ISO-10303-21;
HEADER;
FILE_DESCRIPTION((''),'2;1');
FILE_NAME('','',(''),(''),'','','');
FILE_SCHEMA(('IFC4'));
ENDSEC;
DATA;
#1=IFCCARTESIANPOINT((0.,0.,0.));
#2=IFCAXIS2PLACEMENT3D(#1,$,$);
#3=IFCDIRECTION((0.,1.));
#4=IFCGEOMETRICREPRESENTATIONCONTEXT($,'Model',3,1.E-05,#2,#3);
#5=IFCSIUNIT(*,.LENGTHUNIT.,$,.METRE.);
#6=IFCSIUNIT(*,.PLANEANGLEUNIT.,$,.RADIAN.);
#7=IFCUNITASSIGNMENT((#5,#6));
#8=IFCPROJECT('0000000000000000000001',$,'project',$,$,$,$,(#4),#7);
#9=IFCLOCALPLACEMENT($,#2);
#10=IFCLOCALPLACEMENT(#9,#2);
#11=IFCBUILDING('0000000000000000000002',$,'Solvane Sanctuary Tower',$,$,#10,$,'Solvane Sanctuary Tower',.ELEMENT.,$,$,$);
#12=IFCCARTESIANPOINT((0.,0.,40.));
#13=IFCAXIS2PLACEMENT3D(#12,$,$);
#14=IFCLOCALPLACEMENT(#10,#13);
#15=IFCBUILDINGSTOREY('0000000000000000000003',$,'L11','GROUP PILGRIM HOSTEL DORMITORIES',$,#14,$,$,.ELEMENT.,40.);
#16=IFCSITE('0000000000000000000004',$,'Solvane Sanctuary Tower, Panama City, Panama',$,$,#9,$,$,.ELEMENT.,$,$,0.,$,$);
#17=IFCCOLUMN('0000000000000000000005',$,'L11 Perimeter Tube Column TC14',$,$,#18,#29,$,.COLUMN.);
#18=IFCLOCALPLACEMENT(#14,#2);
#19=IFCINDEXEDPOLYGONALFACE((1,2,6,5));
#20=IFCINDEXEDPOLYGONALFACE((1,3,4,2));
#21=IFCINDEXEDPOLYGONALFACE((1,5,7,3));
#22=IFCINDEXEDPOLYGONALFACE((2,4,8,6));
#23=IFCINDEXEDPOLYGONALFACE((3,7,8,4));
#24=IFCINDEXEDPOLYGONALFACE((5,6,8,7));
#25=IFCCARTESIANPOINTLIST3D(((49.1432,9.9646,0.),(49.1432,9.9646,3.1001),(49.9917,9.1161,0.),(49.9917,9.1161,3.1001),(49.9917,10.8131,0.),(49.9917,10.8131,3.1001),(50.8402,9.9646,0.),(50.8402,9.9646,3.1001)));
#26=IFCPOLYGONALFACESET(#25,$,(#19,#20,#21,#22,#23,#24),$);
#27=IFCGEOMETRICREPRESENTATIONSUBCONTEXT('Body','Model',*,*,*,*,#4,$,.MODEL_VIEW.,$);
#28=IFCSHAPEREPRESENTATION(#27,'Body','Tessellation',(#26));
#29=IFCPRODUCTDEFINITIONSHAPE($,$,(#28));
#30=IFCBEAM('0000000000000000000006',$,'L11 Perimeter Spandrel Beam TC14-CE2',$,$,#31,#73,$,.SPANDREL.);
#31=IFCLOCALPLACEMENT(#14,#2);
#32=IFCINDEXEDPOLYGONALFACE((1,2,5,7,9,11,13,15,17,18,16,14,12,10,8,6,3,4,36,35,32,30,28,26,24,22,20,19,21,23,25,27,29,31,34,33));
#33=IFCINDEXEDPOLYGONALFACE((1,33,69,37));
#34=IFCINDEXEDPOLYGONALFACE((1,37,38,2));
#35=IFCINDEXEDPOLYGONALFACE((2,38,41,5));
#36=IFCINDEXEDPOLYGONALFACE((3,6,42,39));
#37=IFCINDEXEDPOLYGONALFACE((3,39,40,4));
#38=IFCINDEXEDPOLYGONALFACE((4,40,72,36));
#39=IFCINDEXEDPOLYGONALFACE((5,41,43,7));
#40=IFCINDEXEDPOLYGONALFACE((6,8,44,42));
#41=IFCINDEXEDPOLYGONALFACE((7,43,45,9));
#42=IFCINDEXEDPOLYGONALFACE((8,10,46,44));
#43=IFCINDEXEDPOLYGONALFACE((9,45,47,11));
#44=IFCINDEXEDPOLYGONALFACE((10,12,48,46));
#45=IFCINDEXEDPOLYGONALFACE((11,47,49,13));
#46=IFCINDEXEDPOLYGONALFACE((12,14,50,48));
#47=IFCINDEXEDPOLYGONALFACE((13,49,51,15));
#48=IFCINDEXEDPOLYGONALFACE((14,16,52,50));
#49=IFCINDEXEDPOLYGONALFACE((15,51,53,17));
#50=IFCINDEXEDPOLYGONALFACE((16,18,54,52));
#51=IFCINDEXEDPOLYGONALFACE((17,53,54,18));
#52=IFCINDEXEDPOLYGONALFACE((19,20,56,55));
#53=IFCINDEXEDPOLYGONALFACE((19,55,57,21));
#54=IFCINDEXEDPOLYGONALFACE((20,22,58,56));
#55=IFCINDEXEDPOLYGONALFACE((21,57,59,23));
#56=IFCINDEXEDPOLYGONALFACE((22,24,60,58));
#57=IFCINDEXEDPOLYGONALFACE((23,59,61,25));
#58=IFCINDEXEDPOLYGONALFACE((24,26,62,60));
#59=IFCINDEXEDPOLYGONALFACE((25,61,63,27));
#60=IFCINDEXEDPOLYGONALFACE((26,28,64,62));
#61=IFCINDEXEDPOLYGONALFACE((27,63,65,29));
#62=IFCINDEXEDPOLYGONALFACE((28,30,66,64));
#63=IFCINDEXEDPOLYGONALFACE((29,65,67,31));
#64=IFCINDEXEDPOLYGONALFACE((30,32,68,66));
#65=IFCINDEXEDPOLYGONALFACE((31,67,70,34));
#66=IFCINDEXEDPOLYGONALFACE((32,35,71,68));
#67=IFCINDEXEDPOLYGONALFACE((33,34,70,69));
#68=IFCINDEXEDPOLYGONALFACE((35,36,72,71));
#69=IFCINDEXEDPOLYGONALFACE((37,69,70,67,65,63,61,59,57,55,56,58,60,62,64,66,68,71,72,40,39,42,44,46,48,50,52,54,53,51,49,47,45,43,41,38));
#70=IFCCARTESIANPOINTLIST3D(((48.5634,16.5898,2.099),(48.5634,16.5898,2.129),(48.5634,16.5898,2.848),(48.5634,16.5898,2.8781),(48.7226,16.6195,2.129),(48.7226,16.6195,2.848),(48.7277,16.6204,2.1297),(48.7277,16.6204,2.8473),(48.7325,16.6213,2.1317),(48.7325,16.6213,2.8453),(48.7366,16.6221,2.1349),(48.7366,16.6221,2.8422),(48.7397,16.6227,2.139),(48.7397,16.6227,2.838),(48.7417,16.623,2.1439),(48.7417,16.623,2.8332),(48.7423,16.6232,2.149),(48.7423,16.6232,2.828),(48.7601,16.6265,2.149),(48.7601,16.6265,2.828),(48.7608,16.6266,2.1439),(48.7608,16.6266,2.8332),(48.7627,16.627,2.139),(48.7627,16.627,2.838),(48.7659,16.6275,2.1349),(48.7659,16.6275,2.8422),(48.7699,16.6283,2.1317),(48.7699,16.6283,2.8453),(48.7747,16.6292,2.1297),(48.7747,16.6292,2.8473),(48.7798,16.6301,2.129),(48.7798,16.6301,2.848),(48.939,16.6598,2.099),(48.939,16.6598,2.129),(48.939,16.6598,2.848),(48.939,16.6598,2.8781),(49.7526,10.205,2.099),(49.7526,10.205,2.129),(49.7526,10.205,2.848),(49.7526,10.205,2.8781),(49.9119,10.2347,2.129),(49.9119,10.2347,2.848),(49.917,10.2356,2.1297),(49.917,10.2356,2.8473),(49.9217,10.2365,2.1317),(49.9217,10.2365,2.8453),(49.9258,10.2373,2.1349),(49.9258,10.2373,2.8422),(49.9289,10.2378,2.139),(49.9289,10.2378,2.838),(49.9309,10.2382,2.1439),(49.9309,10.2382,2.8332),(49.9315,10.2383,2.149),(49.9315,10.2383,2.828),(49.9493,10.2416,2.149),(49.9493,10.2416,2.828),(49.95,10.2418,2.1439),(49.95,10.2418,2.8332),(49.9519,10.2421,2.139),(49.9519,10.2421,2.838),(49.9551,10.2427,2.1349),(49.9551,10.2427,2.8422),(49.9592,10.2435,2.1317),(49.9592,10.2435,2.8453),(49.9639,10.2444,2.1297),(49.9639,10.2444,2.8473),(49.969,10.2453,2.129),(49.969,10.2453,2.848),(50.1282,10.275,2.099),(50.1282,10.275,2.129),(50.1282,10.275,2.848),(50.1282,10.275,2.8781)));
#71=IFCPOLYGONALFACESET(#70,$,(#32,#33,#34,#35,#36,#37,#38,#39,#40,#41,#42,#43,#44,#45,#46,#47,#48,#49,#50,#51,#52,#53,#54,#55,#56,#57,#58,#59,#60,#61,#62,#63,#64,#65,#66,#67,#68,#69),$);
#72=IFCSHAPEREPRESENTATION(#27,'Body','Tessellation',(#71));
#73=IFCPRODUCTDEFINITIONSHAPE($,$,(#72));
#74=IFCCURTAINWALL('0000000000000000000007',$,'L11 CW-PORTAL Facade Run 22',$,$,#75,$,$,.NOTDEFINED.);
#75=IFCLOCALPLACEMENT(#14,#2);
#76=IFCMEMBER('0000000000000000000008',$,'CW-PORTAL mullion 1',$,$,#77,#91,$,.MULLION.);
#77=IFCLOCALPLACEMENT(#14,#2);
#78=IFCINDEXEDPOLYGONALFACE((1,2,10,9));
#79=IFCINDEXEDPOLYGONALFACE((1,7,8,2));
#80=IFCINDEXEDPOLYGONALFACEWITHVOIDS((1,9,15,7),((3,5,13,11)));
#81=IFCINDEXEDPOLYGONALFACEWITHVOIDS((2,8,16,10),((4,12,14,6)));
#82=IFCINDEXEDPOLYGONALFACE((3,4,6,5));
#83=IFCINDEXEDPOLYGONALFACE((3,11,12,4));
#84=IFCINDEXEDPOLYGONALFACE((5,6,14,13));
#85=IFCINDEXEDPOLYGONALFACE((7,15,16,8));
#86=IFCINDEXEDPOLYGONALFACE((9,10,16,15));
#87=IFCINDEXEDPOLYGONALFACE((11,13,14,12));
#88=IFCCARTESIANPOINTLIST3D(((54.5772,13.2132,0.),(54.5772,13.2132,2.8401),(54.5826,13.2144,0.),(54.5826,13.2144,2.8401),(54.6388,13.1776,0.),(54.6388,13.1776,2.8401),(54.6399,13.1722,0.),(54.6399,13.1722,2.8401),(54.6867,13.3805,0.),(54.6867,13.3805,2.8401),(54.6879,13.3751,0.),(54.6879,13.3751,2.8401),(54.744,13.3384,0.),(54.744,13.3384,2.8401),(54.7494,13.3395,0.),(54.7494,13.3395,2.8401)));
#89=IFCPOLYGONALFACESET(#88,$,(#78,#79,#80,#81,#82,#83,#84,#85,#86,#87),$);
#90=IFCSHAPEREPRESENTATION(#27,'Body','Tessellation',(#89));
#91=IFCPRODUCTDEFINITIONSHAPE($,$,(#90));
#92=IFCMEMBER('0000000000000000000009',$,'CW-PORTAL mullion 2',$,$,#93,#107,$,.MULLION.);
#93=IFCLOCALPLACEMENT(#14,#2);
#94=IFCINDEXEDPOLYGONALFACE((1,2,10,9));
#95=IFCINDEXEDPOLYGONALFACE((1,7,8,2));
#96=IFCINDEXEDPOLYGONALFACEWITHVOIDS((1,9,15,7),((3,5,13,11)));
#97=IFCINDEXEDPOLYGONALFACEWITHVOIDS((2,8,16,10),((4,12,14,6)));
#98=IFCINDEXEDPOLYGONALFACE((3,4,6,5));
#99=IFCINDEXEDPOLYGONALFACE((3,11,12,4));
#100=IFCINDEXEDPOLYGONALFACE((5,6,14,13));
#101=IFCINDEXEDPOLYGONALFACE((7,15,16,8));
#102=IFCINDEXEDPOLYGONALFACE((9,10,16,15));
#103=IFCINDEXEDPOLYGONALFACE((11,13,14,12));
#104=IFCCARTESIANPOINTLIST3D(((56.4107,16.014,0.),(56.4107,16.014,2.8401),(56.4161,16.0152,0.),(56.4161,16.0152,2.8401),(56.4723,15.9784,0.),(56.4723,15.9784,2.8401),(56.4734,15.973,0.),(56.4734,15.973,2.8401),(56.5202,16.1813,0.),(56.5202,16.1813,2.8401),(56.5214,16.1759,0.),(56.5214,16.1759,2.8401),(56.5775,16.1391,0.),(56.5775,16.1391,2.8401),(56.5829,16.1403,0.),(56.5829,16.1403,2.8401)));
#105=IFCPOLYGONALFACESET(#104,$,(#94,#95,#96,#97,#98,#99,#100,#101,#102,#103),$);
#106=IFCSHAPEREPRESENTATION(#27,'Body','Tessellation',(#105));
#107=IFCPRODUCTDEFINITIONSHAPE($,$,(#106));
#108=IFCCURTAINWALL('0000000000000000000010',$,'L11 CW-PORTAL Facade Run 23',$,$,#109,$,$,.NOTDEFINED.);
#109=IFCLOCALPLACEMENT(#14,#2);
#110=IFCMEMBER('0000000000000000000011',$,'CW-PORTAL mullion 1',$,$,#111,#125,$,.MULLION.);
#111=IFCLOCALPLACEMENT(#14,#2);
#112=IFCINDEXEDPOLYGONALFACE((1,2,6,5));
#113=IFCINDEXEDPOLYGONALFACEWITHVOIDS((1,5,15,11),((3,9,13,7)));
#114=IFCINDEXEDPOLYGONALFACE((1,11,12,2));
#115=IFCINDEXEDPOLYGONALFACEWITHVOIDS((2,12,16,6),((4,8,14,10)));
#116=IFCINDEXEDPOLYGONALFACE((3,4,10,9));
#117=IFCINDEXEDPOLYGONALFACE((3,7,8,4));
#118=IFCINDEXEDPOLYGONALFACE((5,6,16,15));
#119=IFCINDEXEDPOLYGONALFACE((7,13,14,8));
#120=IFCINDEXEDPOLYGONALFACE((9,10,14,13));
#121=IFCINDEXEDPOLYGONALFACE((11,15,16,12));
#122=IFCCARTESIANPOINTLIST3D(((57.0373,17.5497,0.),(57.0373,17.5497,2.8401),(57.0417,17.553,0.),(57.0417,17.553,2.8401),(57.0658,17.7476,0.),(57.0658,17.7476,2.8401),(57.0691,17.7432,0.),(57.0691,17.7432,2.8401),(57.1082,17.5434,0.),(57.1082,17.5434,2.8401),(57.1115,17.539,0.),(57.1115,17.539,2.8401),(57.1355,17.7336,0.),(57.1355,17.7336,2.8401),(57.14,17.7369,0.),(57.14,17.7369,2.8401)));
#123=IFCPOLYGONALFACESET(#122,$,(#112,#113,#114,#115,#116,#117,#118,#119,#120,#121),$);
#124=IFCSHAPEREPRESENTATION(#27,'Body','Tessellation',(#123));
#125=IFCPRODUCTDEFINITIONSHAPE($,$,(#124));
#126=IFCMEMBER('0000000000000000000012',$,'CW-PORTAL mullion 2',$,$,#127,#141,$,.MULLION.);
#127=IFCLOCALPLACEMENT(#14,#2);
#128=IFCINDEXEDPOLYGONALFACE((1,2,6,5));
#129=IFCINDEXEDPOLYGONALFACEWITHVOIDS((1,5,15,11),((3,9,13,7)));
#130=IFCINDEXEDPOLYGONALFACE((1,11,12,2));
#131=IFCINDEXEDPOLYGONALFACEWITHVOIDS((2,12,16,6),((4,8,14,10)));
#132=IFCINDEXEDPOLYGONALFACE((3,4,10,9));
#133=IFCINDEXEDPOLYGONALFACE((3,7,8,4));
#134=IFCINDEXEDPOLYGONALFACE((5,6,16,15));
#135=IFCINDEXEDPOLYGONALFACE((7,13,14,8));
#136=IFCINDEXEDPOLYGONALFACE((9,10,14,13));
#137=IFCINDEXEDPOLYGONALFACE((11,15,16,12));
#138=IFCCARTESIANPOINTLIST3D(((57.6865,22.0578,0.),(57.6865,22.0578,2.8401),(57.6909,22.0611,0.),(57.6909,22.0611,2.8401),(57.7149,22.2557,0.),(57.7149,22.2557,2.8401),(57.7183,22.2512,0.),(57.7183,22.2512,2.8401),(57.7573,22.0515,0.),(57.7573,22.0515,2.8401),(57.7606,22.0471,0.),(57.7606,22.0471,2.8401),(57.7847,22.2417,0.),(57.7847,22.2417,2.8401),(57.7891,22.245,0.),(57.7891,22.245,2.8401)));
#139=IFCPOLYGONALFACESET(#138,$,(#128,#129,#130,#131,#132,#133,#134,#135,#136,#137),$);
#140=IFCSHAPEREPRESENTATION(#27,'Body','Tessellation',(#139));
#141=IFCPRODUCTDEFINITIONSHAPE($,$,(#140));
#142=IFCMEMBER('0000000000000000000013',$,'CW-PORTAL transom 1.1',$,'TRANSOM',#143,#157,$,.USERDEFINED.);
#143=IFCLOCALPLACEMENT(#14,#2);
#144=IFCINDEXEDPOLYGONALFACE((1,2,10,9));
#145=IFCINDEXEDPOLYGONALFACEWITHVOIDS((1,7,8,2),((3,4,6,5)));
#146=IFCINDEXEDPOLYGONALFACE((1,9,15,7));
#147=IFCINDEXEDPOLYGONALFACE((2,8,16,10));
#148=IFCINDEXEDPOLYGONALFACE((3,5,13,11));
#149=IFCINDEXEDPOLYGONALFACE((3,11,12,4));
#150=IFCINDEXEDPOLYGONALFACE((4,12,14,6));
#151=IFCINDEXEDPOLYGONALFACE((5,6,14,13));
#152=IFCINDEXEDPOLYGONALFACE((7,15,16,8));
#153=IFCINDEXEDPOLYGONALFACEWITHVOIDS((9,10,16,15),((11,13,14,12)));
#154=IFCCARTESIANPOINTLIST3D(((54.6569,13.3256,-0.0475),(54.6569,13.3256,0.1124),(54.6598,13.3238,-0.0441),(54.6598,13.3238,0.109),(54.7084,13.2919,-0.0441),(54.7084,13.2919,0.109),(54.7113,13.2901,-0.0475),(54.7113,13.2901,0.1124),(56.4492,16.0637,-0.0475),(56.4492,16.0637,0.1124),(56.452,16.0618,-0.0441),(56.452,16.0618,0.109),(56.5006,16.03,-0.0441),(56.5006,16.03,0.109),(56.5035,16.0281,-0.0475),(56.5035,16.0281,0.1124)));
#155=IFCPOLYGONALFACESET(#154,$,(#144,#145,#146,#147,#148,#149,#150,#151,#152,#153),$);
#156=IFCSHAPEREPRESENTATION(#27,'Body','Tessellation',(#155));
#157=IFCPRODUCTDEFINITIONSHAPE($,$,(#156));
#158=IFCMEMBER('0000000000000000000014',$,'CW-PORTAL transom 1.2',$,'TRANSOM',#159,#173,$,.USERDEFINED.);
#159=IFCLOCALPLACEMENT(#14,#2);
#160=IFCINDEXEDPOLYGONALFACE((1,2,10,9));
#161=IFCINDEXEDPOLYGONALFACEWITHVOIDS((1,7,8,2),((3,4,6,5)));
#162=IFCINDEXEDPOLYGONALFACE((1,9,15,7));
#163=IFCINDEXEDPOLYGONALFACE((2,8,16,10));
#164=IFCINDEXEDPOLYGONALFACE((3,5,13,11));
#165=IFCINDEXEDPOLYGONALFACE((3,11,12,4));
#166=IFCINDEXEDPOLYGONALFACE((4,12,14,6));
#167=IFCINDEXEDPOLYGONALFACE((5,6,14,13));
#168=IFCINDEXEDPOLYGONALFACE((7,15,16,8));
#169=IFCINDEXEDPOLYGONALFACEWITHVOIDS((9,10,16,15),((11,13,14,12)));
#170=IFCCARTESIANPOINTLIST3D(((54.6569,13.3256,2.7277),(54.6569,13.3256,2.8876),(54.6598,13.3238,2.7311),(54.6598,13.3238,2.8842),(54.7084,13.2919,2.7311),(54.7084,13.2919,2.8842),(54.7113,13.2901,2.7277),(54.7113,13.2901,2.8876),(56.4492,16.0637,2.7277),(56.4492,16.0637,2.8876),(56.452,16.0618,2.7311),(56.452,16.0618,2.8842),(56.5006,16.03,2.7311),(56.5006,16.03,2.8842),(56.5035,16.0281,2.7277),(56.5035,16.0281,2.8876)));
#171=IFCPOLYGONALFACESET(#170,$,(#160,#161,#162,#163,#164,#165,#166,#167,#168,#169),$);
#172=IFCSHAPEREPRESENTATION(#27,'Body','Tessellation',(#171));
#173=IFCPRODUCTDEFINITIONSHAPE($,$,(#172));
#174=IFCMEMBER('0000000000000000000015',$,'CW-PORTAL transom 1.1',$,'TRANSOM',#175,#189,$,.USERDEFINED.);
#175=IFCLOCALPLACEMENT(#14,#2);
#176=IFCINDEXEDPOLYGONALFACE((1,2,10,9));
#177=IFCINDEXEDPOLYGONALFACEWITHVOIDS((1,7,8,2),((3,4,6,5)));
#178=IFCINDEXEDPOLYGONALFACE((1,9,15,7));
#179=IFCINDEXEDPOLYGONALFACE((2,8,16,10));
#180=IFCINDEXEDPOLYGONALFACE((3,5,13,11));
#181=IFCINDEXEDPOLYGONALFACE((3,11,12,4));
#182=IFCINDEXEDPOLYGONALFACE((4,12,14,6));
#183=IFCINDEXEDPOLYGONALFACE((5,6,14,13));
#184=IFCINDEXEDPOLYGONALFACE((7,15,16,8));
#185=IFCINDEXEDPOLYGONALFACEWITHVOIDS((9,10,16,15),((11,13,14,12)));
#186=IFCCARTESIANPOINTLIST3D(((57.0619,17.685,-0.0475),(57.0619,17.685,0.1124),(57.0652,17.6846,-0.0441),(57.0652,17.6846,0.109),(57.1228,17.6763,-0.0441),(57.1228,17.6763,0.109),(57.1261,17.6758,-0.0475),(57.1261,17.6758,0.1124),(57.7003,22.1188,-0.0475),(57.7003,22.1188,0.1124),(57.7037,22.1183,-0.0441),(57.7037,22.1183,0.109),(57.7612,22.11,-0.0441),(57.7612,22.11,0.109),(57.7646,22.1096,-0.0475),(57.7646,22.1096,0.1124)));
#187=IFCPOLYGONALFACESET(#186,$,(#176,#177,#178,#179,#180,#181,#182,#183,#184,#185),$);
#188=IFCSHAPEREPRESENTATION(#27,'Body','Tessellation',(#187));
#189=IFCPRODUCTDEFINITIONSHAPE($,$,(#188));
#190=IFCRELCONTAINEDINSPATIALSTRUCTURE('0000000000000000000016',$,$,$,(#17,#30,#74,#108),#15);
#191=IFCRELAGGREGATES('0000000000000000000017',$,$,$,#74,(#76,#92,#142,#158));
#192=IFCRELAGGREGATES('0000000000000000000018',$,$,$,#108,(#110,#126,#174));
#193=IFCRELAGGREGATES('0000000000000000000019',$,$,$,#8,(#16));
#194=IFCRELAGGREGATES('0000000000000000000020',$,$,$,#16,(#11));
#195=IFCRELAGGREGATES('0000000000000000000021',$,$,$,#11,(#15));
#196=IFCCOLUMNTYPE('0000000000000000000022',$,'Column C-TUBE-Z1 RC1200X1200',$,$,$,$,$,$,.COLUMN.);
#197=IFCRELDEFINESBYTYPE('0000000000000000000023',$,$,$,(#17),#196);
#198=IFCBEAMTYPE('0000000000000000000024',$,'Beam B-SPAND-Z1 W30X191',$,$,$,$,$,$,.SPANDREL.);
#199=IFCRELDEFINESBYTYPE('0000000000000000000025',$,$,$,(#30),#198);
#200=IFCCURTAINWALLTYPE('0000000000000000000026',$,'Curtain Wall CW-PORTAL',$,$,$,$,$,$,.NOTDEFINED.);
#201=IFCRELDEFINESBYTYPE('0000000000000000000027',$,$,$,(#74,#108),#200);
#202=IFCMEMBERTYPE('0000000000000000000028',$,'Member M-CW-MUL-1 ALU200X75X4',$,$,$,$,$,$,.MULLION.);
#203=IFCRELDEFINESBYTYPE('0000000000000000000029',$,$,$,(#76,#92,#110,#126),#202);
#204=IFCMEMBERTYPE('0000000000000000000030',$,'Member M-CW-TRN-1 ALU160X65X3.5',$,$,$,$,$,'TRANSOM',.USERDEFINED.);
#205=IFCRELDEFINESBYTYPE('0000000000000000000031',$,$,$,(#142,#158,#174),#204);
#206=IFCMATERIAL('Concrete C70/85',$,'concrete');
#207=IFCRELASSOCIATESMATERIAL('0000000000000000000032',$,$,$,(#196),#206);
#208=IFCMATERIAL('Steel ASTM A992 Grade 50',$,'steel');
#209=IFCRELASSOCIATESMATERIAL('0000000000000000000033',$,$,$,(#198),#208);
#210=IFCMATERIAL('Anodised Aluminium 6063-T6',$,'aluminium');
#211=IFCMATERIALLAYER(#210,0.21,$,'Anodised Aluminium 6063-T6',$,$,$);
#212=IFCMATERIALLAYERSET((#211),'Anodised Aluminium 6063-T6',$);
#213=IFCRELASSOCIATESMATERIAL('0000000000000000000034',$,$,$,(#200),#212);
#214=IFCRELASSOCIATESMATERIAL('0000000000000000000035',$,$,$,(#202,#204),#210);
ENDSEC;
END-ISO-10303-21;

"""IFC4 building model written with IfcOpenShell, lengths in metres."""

from ifc_helpers import new_model, si_unit, direction, frame, origin, origin_2d, place, context, subcontext, project, spatial, rectangle, hollow_rectangle, i_section, extrude, material, layer, layer_set, material_profile, profile_set, type_object, element, aggregate, save


model = new_model("IFC4")

# Units and contexts
model_context = context("Model", 3, precision=1e-05, world=origin(), true_north=direction((0.0, 1.0)))
body_context = subcontext(model_context, "Body", "Model", "MODEL_VIEW")
ifc_project = project(units=[si_unit("LENGTHUNIT", "METRE"), si_unit("PLANEANGLEUNIT", "RADIAN")], contexts=[model_context])

# Site, building, storey
site_placement = place(None, origin())
site = spatial("IfcSite", under=ifc_project, at=site_placement, Name="Solvane Sanctuary Tower, Panama City, Panama", CompositionType="ELEMENT", RefElevation=0.0)
building_placement = place(site_placement, origin())
building = spatial("IfcBuilding", under=site, at=building_placement, Name="Solvane Sanctuary Tower", LongName="Solvane Sanctuary Tower", CompositionType="ELEMENT")
storey_placement = place(building_placement, frame((0.0, 0.0, 40.0)))
storey = spatial("IfcBuildingStorey", under=building, at=storey_placement, Name="L11", Description="GROUP PILGRIM HOSTEL DORMITORIES", CompositionType="ELEMENT", Elevation=40.0)

# Column
ifc_material_1 = material(Name="Concrete C70/85", Category="concrete")
ifc_material_profile_1 = material_profile(ifc_material_1, rectangle(XDim=1.2, YDim=1.2, at=origin_2d()), Name="RC1200X1200")
ifc_profile_set_1 = profile_set([ifc_material_profile_1], Name="Concrete C70/85")
column_type = type_object("IfcColumnType", Name="Column C-TUBE-Z1 RC1200X1200", PredefinedType="COLUMN", material=ifc_profile_set_1)
column_placement = place(storey_placement, frame((49.9917, 9.9646, 0.0), z_axis=(0.0, 0.0, 1.0), x_axis=(0.707107, -0.707107, 0.0)))
element("IfcColumn", 1, at=column_placement, inside=storey, type_object=column_type, Name="L11 Perimeter Tube Column TC14", PredefinedType="COLUMN", context=body_context, shape_type="SweptSolid", body=[
    extrude(rectangle(XDim=1.2, YDim=1.2, at=origin_2d()), origin(), (0.0, 0.0, 1.0), 3.1001),
])

# Beam
ifc_material_2 = material(Name="Steel ASTM A992 Grade 50", Category="steel")
ifc_material_profile_2 = material_profile(ifc_material_2, i_section(OverallWidth=0.3821, OverallDepth=0.7791, WebThickness=0.0181, FlangeThickness=0.03, FilletRadius=0.02, at=origin_2d()), Name="W30X191")
ifc_profile_set_2 = profile_set([ifc_material_profile_2], Name="Steel ASTM A992 Grade 50")
beam_type = type_object("IfcBeamType", Name="Beam B-SPAND-Z1 W30X191", PredefinedType="SPANDREL", material=ifc_profile_set_2)
beam_placement = place(storey_placement, frame((49.9404, 10.24, 2.4885), z_axis=(-0.183108, 0.983093, 0.0), x_axis=(-0.983093, -0.183108, 0.0)))
element("IfcBeam", 2, at=beam_placement, inside=storey, type_object=beam_type, Name="L11 Perimeter Spandrel Beam TC14-CE2", PredefinedType="SPANDREL", context=body_context, shape_type="SweptSolid", body=[
    extrude(i_section(OverallWidth=0.3821, OverallDepth=0.7791, WebThickness=0.0181, FlangeThickness=0.03, FilletRadius=0.02, at=origin_2d()), origin(), (0.0, 0.0, 1.0), 6.4946),
])

# Curtain walls, members
ifc_material_3 = material(Name="Anodised Aluminium 6063-T6", Category="aluminium")
ifc_layer_1 = layer(ifc_material_3, 0.21, Name="Anodised Aluminium 6063-T6")
ifc_layer_set_1 = layer_set([ifc_layer_1], Name="Anodised Aluminium 6063-T6")
curtain_wall_type = type_object("IfcCurtainWallType", Name="Curtain Wall CW-PORTAL", PredefinedType="NOTDEFINED", material=ifc_layer_set_1)
curtain_wall_1_placement = place(storey_placement, origin())
curtain_wall_1 = element("IfcCurtainWall", 3, at=curtain_wall_1_placement, inside=storey, type_object=curtain_wall_type, Name="L11 CW-PORTAL Facade Run 22", PredefinedType="NOTDEFINED")
ifc_material_profile_3 = material_profile(ifc_material_3, hollow_rectangle(XDim=0.075, YDim=0.2, WallThickness=0.0039, at=origin_2d()), Name="ALU200X75X4")
ifc_profile_set_3 = profile_set([ifc_material_profile_3], Name="Anodised Aluminium 6063-T6")
member_type_1 = type_object("IfcMemberType", Name="Member M-CW-MUL-1 ALU200X75X4", PredefinedType="MULLION", material=ifc_profile_set_3)
member_1_placement = place(storey_placement, frame((54.6633, 13.2764, 0.0), z_axis=(0.0, 0.0, 1.0), x_axis=(-0.836674, 0.547702, 0.0)))
member_1 = element("IfcMember", 4, at=member_1_placement, type_object=member_type_1, Name="CW-PORTAL mullion 1", PredefinedType="MULLION", context=body_context, shape_type="SweptSolid", body=[
    extrude(hollow_rectangle(XDim=0.075, YDim=0.2, WallThickness=0.0039, at=origin_2d()), origin(), (0.0, 0.0, 1.0), 2.8401),
])
member_2_placement = place(storey_placement, frame((56.4968, 16.0771, 0.0), z_axis=(0.0, 0.0, 1.0), x_axis=(-0.836674, 0.547702, 0.0)))
member_2 = element("IfcMember", 5, at=member_2_placement, type_object=member_type_1, Name="CW-PORTAL mullion 2", PredefinedType="MULLION", context=body_context, shape_type="SweptSolid", body=[
    extrude(hollow_rectangle(XDim=0.075, YDim=0.2, WallThickness=0.0039, at=origin_2d()), origin(), (0.0, 0.0, 1.0), 2.8401),
])
curtain_wall_2_placement = place(storey_placement, origin())
curtain_wall_2 = element("IfcCurtainWall", 6, at=curtain_wall_2_placement, inside=storey, type_object=curtain_wall_type, Name="L11 CW-PORTAL Facade Run 23", PredefinedType="NOTDEFINED")
member_3_placement = place(storey_placement, frame((57.0886, 17.6433, 0.0), z_axis=(0.0, 0.0, 1.0), x_axis=(-0.989794, 0.142504, 0.0)))
member_3 = element("IfcMember", 7, at=member_3_placement, type_object=member_type_1, Name="CW-PORTAL mullion 1", PredefinedType="MULLION", context=body_context, shape_type="SweptSolid", body=[
    extrude(hollow_rectangle(XDim=0.075, YDim=0.2, WallThickness=0.0039, at=origin_2d()), origin(), (0.0, 0.0, 1.0), 2.8401),
])
member_4_placement = place(storey_placement, frame((57.7378, 22.1514, 0.0), z_axis=(0.0, 0.0, 1.0), x_axis=(-0.989794, 0.142504, 0.0)))
member_4 = element("IfcMember", 8, at=member_4_placement, type_object=member_type_1, Name="CW-PORTAL mullion 2", PredefinedType="MULLION", context=body_context, shape_type="SweptSolid", body=[
    extrude(hollow_rectangle(XDim=0.075, YDim=0.2, WallThickness=0.0039, at=origin_2d()), origin(), (0.0, 0.0, 1.0), 2.8401),
])

# Members
ifc_material_profile_4 = material_profile(ifc_material_3, hollow_rectangle(XDim=0.0649, YDim=0.1599, WallThickness=0.0034, at=origin_2d()), Name="ALU160X65X3.5")
ifc_profile_set_4 = profile_set([ifc_material_profile_4], Name="Anodised Aluminium 6063-T6")
member_type_2 = type_object("IfcMemberType", Name="Member M-CW-TRN-1 ALU160X65X3.5", ElementType="TRANSOM", PredefinedType="USERDEFINED", material=ifc_profile_set_4)
member_5_placement = place(storey_placement, frame((54.6841, 13.3079, 0.0325), z_axis=(0.547673, 0.836692, 0.0), x_axis=(-0.836692, 0.547673, 0.0)))
member_5 = element("IfcMember", 9, at=member_5_placement, type_object=member_type_2, Name="CW-PORTAL transom 1.1", ObjectType="TRANSOM", PredefinedType="USERDEFINED", context=body_context, shape_type="SweptSolid", body=[
    extrude(hollow_rectangle(XDim=0.0649, YDim=0.1599, WallThickness=0.0034, at=origin_2d()), origin(), (0.0, 0.0, 1.0), 3.2725),
])
member_6_placement = place(storey_placement, frame((54.6841, 13.3079, 2.8076), z_axis=(0.547673, 0.836692, 0.0), x_axis=(-0.836692, 0.547673, 0.0)))
member_6 = element("IfcMember", 10, at=member_6_placement, type_object=member_type_2, Name="CW-PORTAL transom 1.2", ObjectType="TRANSOM", PredefinedType="USERDEFINED", context=body_context, shape_type="SweptSolid", body=[
    extrude(hollow_rectangle(XDim=0.0649, YDim=0.1599, WallThickness=0.0034, at=origin_2d()), origin(), (0.0, 0.0, 1.0), 3.2725),
])
member_7_placement = place(storey_placement, frame((57.094, 17.6804, 0.0325), z_axis=(0.14252, 0.989792, 0.0), x_axis=(-0.989792, 0.14252, 0.0)))
member_7 = element("IfcMember", 11, at=member_7_placement, type_object=member_type_2, Name="CW-PORTAL transom 1.1", ObjectType="TRANSOM", PredefinedType="USERDEFINED", context=body_context, shape_type="SweptSolid", body=[
    extrude(hollow_rectangle(XDim=0.0649, YDim=0.1599, WallThickness=0.0034, at=origin_2d()), origin(), (0.0, 0.0, 1.0), 4.4795),
])

aggregate(curtain_wall_1, [member_1, member_2, member_5, member_6])
aggregate(curtain_wall_2, [member_3, member_4, member_7])

save(model, "model.ifc")
